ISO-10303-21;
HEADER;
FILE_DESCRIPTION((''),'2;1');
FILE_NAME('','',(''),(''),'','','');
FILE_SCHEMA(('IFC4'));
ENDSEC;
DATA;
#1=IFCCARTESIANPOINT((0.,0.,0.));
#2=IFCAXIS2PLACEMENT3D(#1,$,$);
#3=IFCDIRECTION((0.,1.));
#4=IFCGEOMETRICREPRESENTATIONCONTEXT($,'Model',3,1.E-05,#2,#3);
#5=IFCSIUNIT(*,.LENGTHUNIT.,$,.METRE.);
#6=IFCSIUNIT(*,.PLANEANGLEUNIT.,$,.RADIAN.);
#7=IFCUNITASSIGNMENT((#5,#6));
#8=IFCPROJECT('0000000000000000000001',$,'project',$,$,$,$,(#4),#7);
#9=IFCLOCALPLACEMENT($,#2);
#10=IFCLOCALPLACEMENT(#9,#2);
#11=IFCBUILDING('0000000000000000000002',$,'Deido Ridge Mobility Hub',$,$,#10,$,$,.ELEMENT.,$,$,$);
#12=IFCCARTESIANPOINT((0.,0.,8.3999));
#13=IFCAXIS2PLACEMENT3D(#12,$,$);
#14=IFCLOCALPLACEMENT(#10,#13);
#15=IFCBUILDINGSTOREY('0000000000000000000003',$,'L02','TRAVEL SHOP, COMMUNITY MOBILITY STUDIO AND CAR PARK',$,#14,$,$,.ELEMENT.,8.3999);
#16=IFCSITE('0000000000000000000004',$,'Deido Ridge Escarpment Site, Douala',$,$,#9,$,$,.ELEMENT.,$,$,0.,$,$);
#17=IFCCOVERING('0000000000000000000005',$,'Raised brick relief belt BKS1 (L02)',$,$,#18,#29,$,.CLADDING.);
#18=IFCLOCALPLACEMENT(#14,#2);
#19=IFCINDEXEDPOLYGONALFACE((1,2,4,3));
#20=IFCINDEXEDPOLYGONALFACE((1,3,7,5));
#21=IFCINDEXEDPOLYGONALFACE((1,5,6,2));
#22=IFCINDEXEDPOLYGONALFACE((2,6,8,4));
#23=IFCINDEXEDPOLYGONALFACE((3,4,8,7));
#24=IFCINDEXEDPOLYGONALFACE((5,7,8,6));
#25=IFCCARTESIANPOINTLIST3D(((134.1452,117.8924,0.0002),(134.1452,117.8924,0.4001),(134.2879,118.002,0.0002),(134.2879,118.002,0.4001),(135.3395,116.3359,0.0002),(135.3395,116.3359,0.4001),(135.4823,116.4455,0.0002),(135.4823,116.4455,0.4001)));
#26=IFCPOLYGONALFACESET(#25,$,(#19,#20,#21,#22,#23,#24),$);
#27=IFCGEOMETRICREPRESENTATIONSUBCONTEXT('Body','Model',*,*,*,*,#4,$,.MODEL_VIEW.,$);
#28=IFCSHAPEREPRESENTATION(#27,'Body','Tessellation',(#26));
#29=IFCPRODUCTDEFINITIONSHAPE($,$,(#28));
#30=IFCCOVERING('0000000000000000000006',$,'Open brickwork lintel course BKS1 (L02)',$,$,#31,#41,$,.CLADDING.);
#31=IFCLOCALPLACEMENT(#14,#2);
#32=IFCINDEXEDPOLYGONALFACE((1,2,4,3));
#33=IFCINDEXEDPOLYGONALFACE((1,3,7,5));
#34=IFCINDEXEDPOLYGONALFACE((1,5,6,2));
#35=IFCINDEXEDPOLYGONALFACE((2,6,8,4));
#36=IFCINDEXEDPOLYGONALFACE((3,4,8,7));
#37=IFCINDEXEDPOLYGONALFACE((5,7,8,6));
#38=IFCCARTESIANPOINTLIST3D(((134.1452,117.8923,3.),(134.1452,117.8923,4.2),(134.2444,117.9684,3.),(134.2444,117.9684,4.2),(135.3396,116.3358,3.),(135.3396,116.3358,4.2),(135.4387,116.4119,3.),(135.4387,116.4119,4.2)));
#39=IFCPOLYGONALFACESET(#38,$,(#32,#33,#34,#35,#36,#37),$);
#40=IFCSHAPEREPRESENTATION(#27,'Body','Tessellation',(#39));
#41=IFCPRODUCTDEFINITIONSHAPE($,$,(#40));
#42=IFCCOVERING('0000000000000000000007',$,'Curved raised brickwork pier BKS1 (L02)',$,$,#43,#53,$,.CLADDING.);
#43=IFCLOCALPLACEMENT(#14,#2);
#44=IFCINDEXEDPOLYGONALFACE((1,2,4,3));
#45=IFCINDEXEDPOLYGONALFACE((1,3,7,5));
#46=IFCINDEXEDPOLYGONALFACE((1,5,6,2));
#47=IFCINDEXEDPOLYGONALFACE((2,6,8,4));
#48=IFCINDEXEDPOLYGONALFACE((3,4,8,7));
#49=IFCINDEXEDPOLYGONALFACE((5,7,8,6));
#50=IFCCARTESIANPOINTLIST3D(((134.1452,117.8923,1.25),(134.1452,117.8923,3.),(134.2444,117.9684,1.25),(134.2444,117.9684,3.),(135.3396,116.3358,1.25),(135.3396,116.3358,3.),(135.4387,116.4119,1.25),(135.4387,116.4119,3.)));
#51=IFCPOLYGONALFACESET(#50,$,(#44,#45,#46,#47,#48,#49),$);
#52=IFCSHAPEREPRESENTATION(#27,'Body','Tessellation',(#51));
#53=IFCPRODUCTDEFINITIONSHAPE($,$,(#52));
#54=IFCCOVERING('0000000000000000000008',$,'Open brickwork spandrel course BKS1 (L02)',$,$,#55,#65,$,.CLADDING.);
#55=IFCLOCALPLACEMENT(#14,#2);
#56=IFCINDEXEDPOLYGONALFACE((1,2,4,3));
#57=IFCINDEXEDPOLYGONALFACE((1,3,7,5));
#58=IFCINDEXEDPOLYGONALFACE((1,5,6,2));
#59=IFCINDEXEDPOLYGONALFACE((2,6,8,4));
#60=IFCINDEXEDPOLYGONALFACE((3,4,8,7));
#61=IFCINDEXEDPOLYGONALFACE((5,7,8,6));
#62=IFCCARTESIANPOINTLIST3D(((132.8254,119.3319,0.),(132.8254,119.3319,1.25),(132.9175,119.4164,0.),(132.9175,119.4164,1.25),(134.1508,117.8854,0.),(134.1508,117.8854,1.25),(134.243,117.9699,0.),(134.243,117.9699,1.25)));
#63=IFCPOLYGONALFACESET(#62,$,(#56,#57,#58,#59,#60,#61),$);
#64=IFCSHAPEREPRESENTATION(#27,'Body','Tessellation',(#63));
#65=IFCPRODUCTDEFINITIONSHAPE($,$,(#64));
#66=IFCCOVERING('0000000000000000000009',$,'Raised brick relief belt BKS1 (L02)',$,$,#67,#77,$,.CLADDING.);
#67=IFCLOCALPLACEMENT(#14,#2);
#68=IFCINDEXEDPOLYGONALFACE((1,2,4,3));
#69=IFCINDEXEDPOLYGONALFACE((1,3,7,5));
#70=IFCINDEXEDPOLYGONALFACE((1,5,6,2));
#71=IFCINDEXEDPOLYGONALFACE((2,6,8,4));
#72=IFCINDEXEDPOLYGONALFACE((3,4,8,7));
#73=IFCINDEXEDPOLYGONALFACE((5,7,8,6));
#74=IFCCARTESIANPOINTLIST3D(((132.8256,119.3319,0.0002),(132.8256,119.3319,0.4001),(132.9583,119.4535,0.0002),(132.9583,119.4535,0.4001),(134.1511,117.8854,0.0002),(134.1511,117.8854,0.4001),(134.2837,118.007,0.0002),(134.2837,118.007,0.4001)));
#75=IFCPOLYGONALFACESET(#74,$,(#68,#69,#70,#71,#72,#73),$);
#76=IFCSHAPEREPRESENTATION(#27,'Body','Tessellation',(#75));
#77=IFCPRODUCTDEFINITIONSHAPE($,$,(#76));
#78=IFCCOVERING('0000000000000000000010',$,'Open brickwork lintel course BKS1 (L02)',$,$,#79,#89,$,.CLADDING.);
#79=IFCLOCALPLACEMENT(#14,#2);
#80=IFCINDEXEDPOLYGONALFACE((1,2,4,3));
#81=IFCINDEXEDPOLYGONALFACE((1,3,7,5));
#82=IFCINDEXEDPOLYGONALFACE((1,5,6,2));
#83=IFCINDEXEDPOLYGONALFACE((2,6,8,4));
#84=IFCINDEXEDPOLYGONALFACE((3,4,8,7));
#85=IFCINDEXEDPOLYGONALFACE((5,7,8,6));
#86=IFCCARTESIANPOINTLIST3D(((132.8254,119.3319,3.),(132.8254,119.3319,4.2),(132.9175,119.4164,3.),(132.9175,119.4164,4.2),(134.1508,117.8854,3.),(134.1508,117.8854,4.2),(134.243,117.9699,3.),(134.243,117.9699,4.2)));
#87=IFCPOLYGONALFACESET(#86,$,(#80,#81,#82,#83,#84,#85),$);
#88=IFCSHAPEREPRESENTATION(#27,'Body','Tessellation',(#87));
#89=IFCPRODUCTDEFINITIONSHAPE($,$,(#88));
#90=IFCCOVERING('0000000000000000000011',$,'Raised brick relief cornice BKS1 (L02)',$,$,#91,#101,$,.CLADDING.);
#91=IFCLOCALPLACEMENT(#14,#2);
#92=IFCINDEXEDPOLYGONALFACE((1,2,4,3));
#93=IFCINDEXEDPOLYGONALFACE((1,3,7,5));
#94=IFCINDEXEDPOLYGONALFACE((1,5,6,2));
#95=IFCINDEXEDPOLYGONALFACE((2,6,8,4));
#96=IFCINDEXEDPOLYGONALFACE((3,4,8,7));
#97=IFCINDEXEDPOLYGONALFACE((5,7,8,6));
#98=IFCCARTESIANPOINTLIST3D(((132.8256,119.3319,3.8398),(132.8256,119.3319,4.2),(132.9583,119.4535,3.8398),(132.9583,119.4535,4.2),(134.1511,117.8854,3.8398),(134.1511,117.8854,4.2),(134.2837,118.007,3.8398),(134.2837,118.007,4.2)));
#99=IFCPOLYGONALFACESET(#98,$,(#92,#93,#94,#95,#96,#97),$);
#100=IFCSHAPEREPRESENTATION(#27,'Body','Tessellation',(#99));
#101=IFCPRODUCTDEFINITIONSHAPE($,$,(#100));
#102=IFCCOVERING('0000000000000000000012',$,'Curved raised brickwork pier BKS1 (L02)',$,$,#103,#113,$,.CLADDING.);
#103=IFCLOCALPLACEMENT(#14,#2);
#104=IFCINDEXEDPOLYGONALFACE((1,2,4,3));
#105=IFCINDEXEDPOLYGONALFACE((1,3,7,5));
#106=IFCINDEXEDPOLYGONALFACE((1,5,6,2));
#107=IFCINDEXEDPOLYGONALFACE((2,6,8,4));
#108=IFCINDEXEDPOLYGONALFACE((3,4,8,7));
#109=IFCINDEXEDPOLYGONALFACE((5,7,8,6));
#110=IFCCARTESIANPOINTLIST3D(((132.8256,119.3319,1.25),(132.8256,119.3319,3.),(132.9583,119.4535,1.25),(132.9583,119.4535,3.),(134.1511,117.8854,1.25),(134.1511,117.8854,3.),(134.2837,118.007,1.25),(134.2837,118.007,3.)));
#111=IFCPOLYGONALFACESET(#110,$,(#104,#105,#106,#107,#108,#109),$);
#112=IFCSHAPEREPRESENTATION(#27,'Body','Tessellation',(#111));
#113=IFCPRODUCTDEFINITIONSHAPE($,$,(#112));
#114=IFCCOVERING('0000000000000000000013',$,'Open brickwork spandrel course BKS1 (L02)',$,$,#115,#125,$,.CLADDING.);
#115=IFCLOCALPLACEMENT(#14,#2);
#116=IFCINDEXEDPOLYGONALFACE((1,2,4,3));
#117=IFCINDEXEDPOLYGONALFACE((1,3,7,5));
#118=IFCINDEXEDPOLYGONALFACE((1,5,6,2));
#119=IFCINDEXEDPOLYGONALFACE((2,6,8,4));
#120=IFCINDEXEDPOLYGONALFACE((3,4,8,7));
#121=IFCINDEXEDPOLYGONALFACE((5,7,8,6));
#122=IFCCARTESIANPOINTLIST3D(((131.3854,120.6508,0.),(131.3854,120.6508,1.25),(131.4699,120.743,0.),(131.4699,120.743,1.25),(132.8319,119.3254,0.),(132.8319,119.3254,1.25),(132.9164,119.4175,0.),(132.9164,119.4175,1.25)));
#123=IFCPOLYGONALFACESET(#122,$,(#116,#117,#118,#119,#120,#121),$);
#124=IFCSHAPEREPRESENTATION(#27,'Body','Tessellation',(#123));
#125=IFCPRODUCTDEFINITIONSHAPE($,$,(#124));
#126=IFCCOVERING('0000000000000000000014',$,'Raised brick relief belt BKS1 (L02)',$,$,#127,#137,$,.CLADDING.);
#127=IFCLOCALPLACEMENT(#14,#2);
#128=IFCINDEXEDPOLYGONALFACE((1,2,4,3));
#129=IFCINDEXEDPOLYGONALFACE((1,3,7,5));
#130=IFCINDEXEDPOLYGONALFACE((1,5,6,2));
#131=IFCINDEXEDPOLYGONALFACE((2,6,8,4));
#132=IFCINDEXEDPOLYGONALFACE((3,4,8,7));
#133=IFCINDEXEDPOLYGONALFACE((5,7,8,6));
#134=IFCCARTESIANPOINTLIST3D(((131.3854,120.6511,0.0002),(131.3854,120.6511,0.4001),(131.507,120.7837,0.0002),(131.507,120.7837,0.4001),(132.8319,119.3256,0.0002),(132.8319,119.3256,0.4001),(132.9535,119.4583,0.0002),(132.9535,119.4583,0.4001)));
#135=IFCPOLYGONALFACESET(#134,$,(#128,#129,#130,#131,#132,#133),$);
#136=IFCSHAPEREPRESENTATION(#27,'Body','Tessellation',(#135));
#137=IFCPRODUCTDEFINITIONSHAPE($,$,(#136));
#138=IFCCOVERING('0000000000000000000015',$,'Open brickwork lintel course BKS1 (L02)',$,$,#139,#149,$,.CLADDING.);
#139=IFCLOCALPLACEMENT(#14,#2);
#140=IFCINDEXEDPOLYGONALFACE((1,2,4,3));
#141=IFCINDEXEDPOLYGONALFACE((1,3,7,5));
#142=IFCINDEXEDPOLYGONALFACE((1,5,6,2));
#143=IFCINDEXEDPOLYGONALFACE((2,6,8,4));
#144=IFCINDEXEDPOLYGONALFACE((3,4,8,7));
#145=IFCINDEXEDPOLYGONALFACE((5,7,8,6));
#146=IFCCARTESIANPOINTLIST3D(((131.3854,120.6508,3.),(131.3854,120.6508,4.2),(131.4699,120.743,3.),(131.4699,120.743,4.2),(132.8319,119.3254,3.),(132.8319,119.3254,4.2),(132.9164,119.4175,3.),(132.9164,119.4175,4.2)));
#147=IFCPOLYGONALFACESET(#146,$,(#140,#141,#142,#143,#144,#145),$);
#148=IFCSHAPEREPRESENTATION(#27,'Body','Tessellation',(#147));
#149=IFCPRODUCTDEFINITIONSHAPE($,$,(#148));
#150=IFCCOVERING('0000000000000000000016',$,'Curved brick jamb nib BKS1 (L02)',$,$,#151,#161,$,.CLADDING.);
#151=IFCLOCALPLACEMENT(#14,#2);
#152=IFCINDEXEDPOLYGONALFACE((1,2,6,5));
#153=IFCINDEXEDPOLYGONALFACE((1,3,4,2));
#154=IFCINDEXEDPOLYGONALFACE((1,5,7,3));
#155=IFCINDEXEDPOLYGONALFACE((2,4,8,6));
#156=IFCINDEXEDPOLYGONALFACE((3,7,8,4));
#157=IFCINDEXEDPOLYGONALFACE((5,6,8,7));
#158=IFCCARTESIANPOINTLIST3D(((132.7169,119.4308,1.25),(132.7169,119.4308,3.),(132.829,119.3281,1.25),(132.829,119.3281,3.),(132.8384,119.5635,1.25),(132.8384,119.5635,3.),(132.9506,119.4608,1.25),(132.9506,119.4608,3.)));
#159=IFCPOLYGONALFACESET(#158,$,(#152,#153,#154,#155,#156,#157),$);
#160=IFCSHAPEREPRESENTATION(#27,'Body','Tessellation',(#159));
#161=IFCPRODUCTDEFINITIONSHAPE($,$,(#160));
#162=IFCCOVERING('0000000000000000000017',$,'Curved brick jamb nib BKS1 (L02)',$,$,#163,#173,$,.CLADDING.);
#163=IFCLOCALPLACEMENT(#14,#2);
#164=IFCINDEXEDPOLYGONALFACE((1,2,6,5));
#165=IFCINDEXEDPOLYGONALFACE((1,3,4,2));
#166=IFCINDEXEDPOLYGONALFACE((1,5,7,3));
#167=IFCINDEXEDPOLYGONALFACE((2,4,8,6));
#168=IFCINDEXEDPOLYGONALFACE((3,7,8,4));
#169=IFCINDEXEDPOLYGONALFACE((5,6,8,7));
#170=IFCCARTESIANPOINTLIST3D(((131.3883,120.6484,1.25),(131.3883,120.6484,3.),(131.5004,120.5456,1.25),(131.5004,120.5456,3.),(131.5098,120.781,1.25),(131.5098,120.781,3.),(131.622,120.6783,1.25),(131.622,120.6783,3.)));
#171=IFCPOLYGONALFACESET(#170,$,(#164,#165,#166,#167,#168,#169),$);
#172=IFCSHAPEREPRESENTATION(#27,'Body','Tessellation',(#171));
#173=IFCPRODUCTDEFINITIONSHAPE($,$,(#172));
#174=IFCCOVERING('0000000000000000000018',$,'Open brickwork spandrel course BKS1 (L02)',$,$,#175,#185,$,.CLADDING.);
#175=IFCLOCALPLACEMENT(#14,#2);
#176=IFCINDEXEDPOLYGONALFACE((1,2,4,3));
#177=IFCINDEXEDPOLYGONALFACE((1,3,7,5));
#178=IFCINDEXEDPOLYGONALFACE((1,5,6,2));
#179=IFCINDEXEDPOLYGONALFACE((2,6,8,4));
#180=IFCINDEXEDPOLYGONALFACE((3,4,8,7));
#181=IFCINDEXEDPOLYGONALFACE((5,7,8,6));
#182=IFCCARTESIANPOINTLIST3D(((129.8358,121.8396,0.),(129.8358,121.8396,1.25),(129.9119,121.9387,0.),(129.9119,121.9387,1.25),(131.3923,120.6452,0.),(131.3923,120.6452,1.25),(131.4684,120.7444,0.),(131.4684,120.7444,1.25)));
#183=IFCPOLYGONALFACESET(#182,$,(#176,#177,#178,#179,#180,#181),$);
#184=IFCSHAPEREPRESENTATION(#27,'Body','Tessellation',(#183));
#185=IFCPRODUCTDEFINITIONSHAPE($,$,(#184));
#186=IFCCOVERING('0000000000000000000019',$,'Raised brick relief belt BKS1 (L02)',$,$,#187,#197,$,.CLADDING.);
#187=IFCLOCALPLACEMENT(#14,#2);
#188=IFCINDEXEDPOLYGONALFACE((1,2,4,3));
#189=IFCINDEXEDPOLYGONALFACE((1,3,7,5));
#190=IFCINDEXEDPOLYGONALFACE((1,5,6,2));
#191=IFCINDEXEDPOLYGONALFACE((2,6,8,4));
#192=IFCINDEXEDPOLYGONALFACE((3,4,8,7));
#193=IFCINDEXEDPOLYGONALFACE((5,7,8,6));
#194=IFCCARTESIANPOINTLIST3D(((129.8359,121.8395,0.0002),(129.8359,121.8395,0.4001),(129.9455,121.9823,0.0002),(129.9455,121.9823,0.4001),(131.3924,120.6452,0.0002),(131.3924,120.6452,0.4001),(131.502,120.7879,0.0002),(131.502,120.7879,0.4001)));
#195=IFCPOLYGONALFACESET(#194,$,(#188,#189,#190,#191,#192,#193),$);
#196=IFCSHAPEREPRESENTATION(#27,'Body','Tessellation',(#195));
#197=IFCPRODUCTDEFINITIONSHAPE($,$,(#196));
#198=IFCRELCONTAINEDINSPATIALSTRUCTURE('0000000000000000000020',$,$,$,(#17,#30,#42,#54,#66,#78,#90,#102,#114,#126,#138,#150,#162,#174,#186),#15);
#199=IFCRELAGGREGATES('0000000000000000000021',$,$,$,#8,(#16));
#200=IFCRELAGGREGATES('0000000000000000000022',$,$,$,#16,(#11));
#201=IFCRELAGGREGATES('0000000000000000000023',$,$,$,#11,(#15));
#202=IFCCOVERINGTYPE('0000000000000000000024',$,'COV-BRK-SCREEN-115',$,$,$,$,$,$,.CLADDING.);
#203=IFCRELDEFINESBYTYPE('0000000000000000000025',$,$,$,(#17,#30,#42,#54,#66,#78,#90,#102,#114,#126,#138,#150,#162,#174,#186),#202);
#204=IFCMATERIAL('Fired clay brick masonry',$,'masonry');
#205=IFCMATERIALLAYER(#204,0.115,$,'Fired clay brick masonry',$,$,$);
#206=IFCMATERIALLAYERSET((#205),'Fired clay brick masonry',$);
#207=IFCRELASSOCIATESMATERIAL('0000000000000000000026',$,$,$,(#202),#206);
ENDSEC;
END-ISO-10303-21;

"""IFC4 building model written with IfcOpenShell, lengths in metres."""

from ifc_helpers import new_model, si_unit, direction, frame, origin, origin_2d, place, context, subcontext, project, spatial, rectangle, extrude, material, layer, layer_set, type_object, element, save


model = new_model("IFC4")

# Units and contexts
model_context = context("Model", 3, precision=1e-05, world=origin(), true_north=direction((0.0, 1.0)))
body_context = subcontext(model_context, "Body", "Model", "MODEL_VIEW")
ifc_project = project(units=[si_unit("LENGTHUNIT", "METRE"), si_unit("PLANEANGLEUNIT", "RADIAN")], contexts=[model_context])

# Site, building, storey
site_placement = place(None, origin())
site = spatial("IfcSite", under=ifc_project, at=site_placement, Name="Deido Ridge Escarpment Site, Douala", CompositionType="ELEMENT", RefElevation=0.0)
building_placement = place(site_placement, origin())
building = spatial("IfcBuilding", under=site, at=building_placement, Name="Deido Ridge Mobility Hub", CompositionType="ELEMENT")
storey_placement = place(building_placement, frame((0.0, 0.0, 8.3999)))
storey = spatial("IfcBuildingStorey", under=building, at=storey_placement, Name="L02", Description="TRAVEL SHOP, COMMUNITY MOBILITY STUDIO AND CAR PARK", CompositionType="ELEMENT", Elevation=8.3999)

# Coverings
ifc_material_1 = material(Name="Fired clay brick masonry", Category="masonry")
ifc_layer = layer(ifc_material_1, 0.115, Name="Fired clay brick masonry")
ifc_layer_set = layer_set([ifc_layer], Name="Fired clay brick masonry")
covering_type = type_object("IfcCoveringType", Name="COV-BRK-SCREEN-115", PredefinedType="CLADDING", material=ifc_layer_set)
covering_1_placement = place(storey_placement, frame((134.8137, 117.1689, 0.0002), z_axis=(0.0, 0.0, 1.0), x_axis=(-0.608761, 0.793353, 0.0)))
element("IfcCovering", 1, at=covering_1_placement, inside=storey, type_object=covering_type, Name="Raised brick relief belt BKS1 (L02)", PredefinedType="CLADDING", context=body_context, shape_type="SweptSolid", body=[
    extrude(rectangle(XDim=1.9619, YDim=0.1799, at=origin_2d()), origin(), (0.0, 0.0, 1.0), 0.3999),
])
covering_2_placement = place(storey_placement, frame((134.792, 117.1521, 3.0), z_axis=(0.0, 0.0, 1.0), x_axis=(-0.608761, 0.793353, 0.0)))
element("IfcCovering", 2, at=covering_2_placement, inside=storey, type_object=covering_type, Name="Open brickwork lintel course BKS1 (L02)", PredefinedType="CLADDING", context=body_context, shape_type="SweptSolid", body=[
    extrude(rectangle(XDim=1.9619, YDim=0.125, at=origin_2d()), origin(), (0.0, 0.0, 1.0), 1.2),
])
covering_3_placement = place(storey_placement, frame((134.792, 117.1521, 1.25), z_axis=(0.0, 0.0, 1.0), x_axis=(-0.608761, 0.793353, 0.0)))
element("IfcCovering", 3, at=covering_3_placement, inside=storey, type_object=covering_type, Name="Curved raised brickwork pier BKS1 (L02)", PredefinedType="CLADDING", context=body_context, shape_type="SweptSolid", body=[
    extrude(rectangle(XDim=1.9619, YDim=0.125, at=origin_2d()), origin(), (0.0, 0.0, 1.0), 1.75),
])
covering_4_placement = place(storey_placement, frame((133.5342, 118.6509, 0.0), z_axis=(0.0, 0.0, 1.0), x_axis=(-0.675577, 0.737289, 0.0)))
element("IfcCovering", 4, at=covering_4_placement, inside=storey, type_object=covering_type, Name="Open brickwork spandrel course BKS1 (L02)", PredefinedType="CLADDING", context=body_context, shape_type="SweptSolid", body=[
    extrude(rectangle(XDim=1.9619, YDim=0.125, at=origin_2d()), origin(), (0.0, 0.0, 1.0), 1.25),
])
covering_5_placement = place(storey_placement, frame((133.5547, 118.6694, 0.0002), z_axis=(0.0, 0.0, 1.0), x_axis=(-0.675577, 0.737289, 0.0)))
element("IfcCovering", 5, at=covering_5_placement, inside=storey, type_object=covering_type, Name="Raised brick relief belt BKS1 (L02)", PredefinedType="CLADDING", context=body_context, shape_type="SweptSolid", body=[
    extrude(rectangle(XDim=1.9619, YDim=0.1799, at=origin_2d()), origin(), (0.0, 0.0, 1.0), 0.3999),
])
covering_6_placement = place(storey_placement, frame((133.5342, 118.6509, 3.0), z_axis=(0.0, 0.0, 1.0), x_axis=(-0.675577, 0.737289, 0.0)))
element("IfcCovering", 6, at=covering_6_placement, inside=storey, type_object=covering_type, Name="Open brickwork lintel course BKS1 (L02)", PredefinedType="CLADDING", context=body_context, shape_type="SweptSolid", body=[
    extrude(rectangle(XDim=1.9619, YDim=0.125, at=origin_2d()), origin(), (0.0, 0.0, 1.0), 1.2),
])
covering_7_placement = place(storey_placement, frame((133.5547, 118.6694, 3.8398), z_axis=(0.0, 0.0, 1.0), x_axis=(-0.675577, 0.737289, 0.0)))
element("IfcCovering", 7, at=covering_7_placement, inside=storey, type_object=covering_type, Name="Raised brick relief cornice BKS1 (L02)", PredefinedType="CLADDING", context=body_context, shape_type="SweptSolid", body=[
    extrude(rectangle(XDim=1.9619, YDim=0.1799, at=origin_2d()), origin(), (0.0, 0.0, 1.0), 0.3601),
])
covering_8_placement = place(storey_placement, frame((133.5547, 118.6694, 1.25), z_axis=(0.0, 0.0, 1.0), x_axis=(-0.675577, 0.737289, 0.0)))
element("IfcCovering", 8, at=covering_8_placement, inside=storey, type_object=covering_type, Name="Curved raised brickwork pier BKS1 (L02)", PredefinedType="CLADDING", context=body_context, shape_type="SweptSolid", body=[
    extrude(rectangle(XDim=1.9619, YDim=0.1799, at=origin_2d()), origin(), (0.0, 0.0, 1.0), 1.75),
])
covering_9_placement = place(storey_placement, frame((132.1509, 120.0342, 0.0), z_axis=(0.0, 0.0, 1.0), x_axis=(-0.737289, 0.675577, 0.0)))
element("IfcCovering", 9, at=covering_9_placement, inside=storey, type_object=covering_type, Name="Open brickwork spandrel course BKS1 (L02)", PredefinedType="CLADDING", context=body_context, shape_type="SweptSolid", body=[
    extrude(rectangle(XDim=1.9619, YDim=0.125, at=origin_2d()), origin(), (0.0, 0.0, 1.0), 1.25),
])
covering_10_placement = place(storey_placement, frame((132.1694, 120.0547, 0.0002), z_axis=(0.0, 0.0, 1.0), x_axis=(-0.737289, 0.675577, 0.0)))
element("IfcCovering", 10, at=covering_10_placement, inside=storey, type_object=covering_type, Name="Raised brick relief belt BKS1 (L02)", PredefinedType="CLADDING", context=body_context, shape_type="SweptSolid", body=[
    extrude(rectangle(XDim=1.9619, YDim=0.1799, at=origin_2d()), origin(), (0.0, 0.0, 1.0), 0.3999),
])
covering_11_placement = place(storey_placement, frame((132.1509, 120.0342, 3.0), z_axis=(0.0, 0.0, 1.0), x_axis=(-0.737289, 0.675577, 0.0)))
element("IfcCovering", 11, at=covering_11_placement, inside=storey, type_object=covering_type, Name="Open brickwork lintel course BKS1 (L02)", PredefinedType="CLADDING", context=body_context, shape_type="SweptSolid", body=[
    extrude(rectangle(XDim=1.9619, YDim=0.125, at=origin_2d()), origin(), (0.0, 0.0, 1.0), 1.2),
])
for number, where, z_axis, x_axis, name in (
    (12, (132.8337, 119.4458, 1.25), (0.0, 0.0, 1.0), (-0.737289, 0.675577, 0.0), "Curved brick jamb nib BKS1 (L02)"),
    (13, (131.5051, 120.6633, 1.25), (0.0, 0.0, 1.0), (-0.737289, 0.675577, 0.0), "Curved brick jamb nib BKS1 (L02)"),
):
    element("IfcCovering", number, at=place(storey_placement, frame(where, z_axis=z_axis, x_axis=x_axis)), inside=storey, type_object=covering_type, Name=name, PredefinedType="CLADDING", context=body_context, shape_type="SweptSolid", body=[
        extrude(rectangle(XDim=0.1521, YDim=0.1799, at=origin_2d()), origin(), (0.0, 0.0, 1.0), 1.75),
    ])
covering_12_placement = place(storey_placement, frame((130.6521, 121.292, 0.0), z_axis=(0.0, 0.0, 1.0), x_axis=(-0.793353, 0.608761, 0.0)))
element("IfcCovering", 14, at=covering_12_placement, inside=storey, type_object=covering_type, Name="Open brickwork spandrel course BKS1 (L02)", PredefinedType="CLADDING", context=body_context, shape_type="SweptSolid", body=[
    extrude(rectangle(XDim=1.9619, YDim=0.125, at=origin_2d()), origin(), (0.0, 0.0, 1.0), 1.25),
])
covering_13_placement = place(storey_placement, frame((130.6689, 121.3137, 0.0002), z_axis=(0.0, 0.0, 1.0), x_axis=(-0.793353, 0.608761, 0.0)))
element("IfcCovering", 15, at=covering_13_placement, inside=storey, type_object=covering_type, Name="Raised brick relief belt BKS1 (L02)", PredefinedType="CLADDING", context=body_context, shape_type="SweptSolid", body=[
    extrude(rectangle(XDim=1.9619, YDim=0.1799, at=origin_2d()), origin(), (0.0, 0.0, 1.0), 0.3999),
])

save(model, "model.ifc")
